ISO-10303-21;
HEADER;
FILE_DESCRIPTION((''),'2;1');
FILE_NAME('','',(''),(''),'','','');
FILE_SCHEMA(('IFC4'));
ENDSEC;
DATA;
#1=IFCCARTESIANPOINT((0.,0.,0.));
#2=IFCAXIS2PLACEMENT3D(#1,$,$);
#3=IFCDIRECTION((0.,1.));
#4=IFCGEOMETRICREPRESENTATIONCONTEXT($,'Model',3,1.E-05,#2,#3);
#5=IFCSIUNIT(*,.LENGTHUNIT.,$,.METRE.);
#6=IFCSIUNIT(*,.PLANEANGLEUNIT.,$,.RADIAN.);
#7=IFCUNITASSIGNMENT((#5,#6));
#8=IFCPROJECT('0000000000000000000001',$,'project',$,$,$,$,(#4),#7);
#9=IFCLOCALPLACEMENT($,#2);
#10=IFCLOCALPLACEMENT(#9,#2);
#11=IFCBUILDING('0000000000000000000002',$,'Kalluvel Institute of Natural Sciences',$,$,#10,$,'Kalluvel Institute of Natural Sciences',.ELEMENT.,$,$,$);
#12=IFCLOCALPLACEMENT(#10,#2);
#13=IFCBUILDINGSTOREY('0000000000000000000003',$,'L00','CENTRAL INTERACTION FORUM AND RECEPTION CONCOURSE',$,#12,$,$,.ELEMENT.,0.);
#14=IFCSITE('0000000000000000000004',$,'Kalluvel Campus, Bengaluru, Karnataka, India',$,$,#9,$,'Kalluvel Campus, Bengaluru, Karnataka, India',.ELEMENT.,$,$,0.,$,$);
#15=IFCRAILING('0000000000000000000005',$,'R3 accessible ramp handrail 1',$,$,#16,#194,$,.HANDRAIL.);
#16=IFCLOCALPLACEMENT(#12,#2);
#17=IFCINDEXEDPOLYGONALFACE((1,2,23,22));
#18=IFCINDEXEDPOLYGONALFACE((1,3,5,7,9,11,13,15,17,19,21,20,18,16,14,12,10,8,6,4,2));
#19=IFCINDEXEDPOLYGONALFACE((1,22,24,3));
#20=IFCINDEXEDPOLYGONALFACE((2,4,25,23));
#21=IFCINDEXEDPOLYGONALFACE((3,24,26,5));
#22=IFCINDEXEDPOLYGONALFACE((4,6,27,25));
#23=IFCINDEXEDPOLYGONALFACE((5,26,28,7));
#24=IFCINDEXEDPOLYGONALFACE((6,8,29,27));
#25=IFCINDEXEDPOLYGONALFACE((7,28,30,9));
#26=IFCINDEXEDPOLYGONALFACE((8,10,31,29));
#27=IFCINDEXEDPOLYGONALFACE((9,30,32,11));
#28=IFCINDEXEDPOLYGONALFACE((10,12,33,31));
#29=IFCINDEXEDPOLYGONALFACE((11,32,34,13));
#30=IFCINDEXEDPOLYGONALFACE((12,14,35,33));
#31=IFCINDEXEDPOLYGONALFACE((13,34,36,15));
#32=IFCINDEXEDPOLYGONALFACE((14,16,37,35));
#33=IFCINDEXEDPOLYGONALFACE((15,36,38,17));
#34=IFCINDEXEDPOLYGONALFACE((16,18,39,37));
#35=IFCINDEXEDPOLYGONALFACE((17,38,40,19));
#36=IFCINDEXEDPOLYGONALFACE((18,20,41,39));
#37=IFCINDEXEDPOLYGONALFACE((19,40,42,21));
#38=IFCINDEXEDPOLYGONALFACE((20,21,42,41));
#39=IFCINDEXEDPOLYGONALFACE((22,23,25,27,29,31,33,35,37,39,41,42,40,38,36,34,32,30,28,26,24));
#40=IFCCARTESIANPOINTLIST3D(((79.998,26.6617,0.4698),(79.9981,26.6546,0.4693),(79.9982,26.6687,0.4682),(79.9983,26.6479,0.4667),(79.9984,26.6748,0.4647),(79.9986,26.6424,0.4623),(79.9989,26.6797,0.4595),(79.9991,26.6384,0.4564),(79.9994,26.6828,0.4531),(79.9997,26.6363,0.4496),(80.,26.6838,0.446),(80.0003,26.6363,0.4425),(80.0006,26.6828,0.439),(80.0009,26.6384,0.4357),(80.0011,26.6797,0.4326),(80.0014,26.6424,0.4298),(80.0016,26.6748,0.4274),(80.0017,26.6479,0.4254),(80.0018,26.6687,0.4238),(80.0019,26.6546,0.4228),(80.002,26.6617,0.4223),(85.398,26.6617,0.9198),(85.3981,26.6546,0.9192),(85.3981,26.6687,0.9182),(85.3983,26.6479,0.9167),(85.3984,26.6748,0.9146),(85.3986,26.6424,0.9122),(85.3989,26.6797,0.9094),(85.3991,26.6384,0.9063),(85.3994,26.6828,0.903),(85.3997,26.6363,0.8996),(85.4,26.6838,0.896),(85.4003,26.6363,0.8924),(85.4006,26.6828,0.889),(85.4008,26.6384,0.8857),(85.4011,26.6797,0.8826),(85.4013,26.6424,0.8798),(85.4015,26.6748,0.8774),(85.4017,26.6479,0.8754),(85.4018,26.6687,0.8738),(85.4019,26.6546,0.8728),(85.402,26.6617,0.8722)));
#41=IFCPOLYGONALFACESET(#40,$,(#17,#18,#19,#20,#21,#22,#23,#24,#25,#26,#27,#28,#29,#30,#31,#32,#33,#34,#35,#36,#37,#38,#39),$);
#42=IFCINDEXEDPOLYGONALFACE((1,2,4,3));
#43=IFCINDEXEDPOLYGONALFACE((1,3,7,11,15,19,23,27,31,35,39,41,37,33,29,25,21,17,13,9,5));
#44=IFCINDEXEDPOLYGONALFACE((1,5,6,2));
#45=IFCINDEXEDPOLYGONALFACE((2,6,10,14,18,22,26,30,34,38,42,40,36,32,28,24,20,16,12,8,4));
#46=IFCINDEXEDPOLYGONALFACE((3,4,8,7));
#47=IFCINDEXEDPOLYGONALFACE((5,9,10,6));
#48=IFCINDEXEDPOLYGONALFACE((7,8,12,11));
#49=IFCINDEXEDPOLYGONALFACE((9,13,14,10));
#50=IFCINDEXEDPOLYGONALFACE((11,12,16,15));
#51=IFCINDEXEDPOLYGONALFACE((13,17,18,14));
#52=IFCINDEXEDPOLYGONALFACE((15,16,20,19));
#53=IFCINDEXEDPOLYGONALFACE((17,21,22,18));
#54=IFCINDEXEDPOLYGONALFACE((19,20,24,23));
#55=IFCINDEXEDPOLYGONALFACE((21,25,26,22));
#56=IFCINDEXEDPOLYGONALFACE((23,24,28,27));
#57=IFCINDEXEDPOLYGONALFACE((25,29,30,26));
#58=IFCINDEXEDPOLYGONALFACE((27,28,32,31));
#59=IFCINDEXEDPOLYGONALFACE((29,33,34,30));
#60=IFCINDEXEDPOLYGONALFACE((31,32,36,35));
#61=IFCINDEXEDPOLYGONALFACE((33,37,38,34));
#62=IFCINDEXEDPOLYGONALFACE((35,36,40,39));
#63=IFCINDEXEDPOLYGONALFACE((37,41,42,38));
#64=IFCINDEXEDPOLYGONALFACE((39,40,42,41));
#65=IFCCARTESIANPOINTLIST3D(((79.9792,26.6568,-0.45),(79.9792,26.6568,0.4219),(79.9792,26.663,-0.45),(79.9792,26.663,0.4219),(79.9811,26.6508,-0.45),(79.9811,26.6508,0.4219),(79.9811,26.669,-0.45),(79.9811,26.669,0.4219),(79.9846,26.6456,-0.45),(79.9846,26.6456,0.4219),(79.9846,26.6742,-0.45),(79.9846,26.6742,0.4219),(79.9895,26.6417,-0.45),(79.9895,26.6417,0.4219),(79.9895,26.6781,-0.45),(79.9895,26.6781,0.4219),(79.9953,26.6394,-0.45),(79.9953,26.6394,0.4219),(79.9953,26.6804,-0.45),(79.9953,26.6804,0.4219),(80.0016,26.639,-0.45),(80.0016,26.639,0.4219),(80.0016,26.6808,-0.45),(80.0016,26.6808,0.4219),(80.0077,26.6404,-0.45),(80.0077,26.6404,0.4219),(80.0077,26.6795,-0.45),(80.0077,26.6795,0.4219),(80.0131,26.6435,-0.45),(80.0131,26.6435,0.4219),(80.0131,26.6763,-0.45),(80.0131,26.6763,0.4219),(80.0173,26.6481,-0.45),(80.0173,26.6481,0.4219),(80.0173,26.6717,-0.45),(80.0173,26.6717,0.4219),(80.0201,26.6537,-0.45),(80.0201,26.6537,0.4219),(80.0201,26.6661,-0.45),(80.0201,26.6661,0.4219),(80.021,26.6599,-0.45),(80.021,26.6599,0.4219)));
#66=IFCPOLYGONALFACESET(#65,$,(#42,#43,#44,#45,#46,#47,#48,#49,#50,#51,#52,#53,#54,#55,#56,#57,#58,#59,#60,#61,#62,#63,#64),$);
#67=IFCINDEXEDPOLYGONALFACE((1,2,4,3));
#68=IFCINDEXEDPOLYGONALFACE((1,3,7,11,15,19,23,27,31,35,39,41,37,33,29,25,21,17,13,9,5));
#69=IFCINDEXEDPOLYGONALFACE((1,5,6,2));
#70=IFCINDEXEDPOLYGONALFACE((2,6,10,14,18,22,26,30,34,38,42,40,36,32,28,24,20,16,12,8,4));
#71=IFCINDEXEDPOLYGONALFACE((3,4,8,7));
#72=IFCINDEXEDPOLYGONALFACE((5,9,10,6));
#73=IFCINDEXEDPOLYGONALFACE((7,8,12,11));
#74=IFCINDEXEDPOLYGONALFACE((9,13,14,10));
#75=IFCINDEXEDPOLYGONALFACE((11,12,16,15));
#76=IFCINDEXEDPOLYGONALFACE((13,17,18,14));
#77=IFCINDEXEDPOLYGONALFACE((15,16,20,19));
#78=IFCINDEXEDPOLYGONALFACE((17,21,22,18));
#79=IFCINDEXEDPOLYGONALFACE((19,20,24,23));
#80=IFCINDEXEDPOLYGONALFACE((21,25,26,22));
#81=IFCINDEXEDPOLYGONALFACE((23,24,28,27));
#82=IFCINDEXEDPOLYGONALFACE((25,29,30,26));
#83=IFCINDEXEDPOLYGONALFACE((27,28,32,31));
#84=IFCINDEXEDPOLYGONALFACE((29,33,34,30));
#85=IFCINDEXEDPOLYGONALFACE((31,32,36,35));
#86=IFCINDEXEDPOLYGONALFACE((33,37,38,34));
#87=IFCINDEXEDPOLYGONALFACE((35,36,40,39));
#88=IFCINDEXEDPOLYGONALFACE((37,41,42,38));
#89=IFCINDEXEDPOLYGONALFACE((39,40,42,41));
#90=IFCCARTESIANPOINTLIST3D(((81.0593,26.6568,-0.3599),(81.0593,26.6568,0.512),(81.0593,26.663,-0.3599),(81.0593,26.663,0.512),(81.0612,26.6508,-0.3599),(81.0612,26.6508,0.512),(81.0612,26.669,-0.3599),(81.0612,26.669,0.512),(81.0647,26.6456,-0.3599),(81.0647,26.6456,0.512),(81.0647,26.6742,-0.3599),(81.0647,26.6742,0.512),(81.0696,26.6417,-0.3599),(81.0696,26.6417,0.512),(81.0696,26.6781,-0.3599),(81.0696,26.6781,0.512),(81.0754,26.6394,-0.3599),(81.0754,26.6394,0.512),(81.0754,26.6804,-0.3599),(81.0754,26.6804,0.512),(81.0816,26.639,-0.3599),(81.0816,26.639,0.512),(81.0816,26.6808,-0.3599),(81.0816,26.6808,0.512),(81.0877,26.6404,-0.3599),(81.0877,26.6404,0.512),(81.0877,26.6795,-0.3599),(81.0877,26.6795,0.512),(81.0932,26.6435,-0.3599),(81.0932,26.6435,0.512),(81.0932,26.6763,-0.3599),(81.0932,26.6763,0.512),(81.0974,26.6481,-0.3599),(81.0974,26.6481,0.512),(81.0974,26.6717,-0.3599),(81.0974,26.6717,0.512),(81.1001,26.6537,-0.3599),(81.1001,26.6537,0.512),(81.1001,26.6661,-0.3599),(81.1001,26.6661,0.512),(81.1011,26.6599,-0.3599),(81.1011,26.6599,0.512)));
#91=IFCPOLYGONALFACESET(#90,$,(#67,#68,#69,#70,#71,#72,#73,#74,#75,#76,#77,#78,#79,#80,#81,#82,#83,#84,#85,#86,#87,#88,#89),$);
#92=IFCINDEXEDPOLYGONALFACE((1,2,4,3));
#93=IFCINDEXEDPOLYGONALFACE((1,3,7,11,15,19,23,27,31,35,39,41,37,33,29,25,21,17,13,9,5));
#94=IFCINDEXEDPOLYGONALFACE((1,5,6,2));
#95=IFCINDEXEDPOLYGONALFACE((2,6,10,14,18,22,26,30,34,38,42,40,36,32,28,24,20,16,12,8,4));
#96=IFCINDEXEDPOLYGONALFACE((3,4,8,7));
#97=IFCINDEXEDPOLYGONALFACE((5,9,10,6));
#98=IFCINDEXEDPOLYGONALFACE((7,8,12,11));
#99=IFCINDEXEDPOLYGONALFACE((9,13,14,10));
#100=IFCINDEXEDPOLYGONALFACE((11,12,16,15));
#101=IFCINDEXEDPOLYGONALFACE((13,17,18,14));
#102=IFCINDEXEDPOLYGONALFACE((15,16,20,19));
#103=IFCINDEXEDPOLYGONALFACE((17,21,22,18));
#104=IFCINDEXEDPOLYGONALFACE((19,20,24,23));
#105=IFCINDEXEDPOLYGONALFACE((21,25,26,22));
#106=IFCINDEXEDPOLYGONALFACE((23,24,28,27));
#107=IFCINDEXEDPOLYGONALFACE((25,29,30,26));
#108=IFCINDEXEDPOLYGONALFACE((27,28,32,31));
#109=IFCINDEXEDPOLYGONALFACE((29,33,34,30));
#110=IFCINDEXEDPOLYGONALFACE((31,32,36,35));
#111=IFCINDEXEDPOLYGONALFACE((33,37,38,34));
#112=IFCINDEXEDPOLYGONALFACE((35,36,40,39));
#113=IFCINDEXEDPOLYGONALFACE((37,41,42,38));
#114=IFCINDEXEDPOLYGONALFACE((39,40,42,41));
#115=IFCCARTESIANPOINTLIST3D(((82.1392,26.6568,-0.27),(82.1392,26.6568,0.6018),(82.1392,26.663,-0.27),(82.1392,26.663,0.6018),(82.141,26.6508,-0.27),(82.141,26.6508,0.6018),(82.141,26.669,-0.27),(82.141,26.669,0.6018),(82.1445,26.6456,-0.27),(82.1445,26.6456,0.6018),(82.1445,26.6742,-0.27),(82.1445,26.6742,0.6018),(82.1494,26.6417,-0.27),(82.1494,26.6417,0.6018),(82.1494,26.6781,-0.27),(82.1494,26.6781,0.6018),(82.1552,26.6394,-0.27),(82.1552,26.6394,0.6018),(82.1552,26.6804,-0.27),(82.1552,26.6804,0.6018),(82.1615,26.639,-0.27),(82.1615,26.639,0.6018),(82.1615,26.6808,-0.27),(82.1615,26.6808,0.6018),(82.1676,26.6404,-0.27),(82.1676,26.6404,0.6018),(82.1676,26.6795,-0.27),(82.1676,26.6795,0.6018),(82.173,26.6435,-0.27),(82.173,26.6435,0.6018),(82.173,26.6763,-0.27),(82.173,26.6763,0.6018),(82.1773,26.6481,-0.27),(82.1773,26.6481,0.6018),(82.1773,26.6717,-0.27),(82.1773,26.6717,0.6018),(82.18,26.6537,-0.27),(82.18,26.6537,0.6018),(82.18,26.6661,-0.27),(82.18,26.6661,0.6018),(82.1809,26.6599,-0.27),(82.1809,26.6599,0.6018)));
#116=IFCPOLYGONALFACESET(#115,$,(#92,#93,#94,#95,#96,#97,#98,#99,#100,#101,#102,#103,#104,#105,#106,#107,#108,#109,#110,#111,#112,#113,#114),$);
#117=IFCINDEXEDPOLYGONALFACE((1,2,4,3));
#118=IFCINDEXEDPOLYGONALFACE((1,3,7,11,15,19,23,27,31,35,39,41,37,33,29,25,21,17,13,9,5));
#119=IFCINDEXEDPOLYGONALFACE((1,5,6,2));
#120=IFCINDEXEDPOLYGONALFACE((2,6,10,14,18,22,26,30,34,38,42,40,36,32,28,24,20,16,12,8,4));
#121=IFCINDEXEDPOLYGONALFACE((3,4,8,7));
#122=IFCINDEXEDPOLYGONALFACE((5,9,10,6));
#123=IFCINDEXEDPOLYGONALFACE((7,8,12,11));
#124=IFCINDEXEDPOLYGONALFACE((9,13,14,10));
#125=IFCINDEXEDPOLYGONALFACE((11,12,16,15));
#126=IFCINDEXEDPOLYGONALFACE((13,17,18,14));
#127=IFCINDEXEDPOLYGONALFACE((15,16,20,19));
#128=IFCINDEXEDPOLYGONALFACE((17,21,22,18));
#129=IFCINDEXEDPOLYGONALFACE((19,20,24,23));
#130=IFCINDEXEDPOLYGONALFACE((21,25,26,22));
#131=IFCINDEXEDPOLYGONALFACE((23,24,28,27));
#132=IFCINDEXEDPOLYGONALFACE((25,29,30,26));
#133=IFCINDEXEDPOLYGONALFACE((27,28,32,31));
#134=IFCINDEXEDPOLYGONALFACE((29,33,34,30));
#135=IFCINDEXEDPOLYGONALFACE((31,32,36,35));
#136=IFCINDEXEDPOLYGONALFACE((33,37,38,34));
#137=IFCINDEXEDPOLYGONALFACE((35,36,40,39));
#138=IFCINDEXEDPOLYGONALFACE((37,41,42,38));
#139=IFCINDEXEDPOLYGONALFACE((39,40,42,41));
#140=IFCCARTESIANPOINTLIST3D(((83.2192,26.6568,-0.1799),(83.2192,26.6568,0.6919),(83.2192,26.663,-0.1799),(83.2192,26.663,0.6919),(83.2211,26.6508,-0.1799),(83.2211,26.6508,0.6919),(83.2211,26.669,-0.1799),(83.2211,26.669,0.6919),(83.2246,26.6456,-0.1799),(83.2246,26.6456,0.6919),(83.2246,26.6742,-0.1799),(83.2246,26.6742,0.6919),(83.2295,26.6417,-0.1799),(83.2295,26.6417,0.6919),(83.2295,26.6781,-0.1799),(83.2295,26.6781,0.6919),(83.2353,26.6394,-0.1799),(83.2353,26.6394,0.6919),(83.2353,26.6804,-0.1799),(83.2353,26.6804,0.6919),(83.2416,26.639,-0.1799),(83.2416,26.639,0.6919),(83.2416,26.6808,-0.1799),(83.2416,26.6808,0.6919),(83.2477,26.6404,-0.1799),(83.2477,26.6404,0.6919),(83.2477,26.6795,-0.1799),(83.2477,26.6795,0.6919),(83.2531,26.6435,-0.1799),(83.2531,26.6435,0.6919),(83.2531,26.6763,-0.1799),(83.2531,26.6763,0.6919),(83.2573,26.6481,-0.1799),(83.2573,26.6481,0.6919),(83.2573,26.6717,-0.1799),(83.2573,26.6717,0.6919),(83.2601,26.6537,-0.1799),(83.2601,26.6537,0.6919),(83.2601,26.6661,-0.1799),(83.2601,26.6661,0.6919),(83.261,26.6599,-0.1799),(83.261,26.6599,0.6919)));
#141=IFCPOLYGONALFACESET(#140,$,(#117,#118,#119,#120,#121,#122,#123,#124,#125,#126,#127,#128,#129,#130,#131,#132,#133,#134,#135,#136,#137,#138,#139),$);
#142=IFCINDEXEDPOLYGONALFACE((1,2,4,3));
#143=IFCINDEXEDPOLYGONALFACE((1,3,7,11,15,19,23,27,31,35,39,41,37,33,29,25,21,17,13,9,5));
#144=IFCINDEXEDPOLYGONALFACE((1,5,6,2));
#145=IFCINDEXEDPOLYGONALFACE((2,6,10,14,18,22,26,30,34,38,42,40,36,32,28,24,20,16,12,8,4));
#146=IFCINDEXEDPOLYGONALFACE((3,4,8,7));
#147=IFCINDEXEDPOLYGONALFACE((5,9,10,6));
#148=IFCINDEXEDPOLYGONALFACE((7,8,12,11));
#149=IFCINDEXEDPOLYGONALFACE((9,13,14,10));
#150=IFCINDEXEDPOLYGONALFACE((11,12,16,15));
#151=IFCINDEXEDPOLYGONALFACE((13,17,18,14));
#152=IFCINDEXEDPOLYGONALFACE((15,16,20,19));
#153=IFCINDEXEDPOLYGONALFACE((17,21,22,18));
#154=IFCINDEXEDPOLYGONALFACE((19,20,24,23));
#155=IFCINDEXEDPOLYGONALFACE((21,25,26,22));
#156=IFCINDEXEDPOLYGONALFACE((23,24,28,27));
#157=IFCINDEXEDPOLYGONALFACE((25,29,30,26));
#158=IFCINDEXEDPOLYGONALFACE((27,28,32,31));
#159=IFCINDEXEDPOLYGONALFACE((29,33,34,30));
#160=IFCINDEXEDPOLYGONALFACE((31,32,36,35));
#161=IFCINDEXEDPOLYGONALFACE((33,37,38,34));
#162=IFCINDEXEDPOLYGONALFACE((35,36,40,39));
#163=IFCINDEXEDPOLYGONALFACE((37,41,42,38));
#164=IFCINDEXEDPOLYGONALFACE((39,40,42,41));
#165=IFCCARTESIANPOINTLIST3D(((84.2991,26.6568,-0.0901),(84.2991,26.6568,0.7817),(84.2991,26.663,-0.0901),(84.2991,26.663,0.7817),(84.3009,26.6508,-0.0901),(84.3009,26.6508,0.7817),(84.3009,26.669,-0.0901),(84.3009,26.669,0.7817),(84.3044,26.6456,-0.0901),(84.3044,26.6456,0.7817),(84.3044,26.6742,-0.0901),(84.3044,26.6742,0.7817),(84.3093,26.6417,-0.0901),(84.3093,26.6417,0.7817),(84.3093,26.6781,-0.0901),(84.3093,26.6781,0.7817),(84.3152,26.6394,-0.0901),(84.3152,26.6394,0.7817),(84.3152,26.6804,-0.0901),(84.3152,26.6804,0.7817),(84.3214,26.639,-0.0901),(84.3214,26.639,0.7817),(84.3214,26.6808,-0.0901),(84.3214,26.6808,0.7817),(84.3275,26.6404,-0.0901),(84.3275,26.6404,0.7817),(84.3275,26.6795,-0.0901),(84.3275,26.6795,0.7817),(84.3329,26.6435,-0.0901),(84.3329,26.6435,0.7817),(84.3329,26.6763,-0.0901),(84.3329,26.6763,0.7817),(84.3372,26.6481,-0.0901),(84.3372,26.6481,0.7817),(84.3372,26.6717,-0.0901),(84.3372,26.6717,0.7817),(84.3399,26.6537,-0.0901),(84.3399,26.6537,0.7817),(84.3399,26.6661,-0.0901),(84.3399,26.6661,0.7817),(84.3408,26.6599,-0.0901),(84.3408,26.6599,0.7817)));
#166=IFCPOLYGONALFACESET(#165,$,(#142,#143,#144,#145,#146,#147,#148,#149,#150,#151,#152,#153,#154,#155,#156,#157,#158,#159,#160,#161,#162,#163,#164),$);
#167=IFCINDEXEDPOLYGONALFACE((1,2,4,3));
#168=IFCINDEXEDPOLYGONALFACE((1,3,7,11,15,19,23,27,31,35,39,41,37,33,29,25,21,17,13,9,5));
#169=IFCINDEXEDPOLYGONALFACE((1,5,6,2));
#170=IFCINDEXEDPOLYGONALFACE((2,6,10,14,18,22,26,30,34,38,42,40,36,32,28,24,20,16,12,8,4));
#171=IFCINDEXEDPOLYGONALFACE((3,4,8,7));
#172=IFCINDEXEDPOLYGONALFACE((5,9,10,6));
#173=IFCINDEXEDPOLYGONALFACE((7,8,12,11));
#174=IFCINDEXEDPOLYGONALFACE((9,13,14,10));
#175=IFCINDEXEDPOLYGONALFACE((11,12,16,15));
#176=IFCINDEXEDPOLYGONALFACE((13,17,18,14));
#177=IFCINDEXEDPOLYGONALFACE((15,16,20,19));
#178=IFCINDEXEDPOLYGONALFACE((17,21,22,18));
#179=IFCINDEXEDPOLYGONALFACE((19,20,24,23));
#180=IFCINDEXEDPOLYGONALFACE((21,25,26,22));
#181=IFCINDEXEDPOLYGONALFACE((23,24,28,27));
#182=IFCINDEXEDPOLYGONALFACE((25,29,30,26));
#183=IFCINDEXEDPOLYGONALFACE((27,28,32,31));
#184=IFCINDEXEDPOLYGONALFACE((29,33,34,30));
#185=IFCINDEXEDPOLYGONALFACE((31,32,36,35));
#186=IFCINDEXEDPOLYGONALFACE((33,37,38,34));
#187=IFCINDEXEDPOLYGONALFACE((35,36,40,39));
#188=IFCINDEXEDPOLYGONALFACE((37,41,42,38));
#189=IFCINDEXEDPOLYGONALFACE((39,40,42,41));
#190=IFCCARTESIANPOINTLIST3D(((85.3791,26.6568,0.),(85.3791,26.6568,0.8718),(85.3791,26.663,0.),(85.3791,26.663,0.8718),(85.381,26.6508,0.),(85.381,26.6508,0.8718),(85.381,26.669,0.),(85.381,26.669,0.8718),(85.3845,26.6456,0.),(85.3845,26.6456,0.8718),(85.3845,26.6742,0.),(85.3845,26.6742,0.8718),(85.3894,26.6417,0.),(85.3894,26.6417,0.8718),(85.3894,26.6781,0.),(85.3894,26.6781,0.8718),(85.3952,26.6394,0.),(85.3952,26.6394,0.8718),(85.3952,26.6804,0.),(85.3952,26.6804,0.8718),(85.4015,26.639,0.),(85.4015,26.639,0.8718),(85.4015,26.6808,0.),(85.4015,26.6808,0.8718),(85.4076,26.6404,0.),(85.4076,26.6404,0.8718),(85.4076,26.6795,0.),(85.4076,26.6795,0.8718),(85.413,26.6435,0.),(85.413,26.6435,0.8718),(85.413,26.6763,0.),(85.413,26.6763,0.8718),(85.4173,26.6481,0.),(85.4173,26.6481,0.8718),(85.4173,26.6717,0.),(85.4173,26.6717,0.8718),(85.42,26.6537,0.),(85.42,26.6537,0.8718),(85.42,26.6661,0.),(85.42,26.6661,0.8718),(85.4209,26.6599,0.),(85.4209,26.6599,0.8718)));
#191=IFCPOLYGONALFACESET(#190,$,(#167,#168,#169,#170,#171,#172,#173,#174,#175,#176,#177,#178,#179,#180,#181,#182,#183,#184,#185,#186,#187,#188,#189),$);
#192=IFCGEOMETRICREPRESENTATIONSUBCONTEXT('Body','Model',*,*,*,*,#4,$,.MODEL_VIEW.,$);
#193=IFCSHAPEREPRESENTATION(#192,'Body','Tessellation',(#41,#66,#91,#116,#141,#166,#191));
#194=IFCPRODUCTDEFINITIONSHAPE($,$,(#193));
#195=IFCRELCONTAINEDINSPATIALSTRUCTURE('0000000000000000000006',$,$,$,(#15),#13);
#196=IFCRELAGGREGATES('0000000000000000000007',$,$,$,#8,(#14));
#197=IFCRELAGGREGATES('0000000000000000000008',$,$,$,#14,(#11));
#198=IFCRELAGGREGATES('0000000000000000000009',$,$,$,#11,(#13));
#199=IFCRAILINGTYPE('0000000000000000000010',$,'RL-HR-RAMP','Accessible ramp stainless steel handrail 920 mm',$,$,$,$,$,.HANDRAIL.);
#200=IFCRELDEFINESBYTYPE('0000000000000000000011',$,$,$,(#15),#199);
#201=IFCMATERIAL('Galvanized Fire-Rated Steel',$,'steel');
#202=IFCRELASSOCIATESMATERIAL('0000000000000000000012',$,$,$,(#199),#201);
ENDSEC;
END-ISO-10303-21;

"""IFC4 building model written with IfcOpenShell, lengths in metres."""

from ifc_helpers import new_model, si_unit, direction, frame, origin, origin_2d, place, context, subcontext, project, spatial, circle, extrude, material, type_object, element, save


model = new_model("IFC4")

# Units and contexts
model_context = context("Model", 3, precision=1e-05, world=origin(), true_north=direction((0.0, 1.0)))
body_context = subcontext(model_context, "Body", "Model", "MODEL_VIEW")
ifc_project = project(units=[si_unit("LENGTHUNIT", "METRE"), si_unit("PLANEANGLEUNIT", "RADIAN")], contexts=[model_context])

# Site, building, storey
site_placement = place(None, origin())
site = spatial("IfcSite", under=ifc_project, at=site_placement, Name="Kalluvel Campus, Bengaluru, Karnataka, India", LongName="Kalluvel Campus, Bengaluru, Karnataka, India", CompositionType="ELEMENT", RefElevation=0.0)
building_placement = place(site_placement, origin())
building = spatial("IfcBuilding", under=site, at=building_placement, Name="Kalluvel Institute of Natural Sciences", LongName="Kalluvel Institute of Natural Sciences", CompositionType="ELEMENT")
storey_placement = place(building_placement, origin())
storey = spatial("IfcBuildingStorey", under=building, at=storey_placement, Name="L00", Description="CENTRAL INTERACTION FORUM AND RECEPTION CONCOURSE", CompositionType="ELEMENT", Elevation=0.0)

# Railing
ifc_material_1 = material(Name="Galvanized Fire-Rated Steel", Category="steel")
railing_type = type_object("IfcRailingType", Name="RL-HR-RAMP", Description="Accessible ramp stainless steel handrail 920 mm", PredefinedType="HANDRAIL", material=ifc_material_1)
for number, where, name in (
    (1, (80.0, 26.6599, -0.45), "R3 accessible ramp handrail 1"),
):
    element("IfcRailing", number, at=place(storey_placement, frame(where)), inside=storey, type_object=railing_type, Name=name, PredefinedType="HANDRAIL", context=body_context, shape_type="SweptSolid", body=[
        extrude(circle(Radius=0.0239, at=origin_2d()), frame((0.0, 0.0, 0.896), z_axis=(0.996546, 0.0, 0.083038), x_axis=(0.0, 1.0, 0.0)), (0.0, 0.0, 1.0), 5.4187),
        extrude(circle(Radius=0.021, at=origin_2d()), origin(), (0.0, 0.0, 1.0), 0.8718),
        extrude(circle(Radius=0.021, at=origin_2d()), frame((1.0801, 0.0, 0.0901)), (0.0, 0.0, 1.0), 0.8718),
        extrude(circle(Radius=0.021, at=origin_2d()), frame((2.1599, 0.0, 0.1799)), (0.0, 0.0, 1.0), 0.8718),
        extrude(circle(Radius=0.021, at=origin_2d()), frame((3.24, 0.0, 0.27)), (0.0, 0.0, 1.0), 0.8718),
        extrude(circle(Radius=0.021, at=origin_2d()), frame((4.3198, 0.0, 0.3599)), (0.0, 0.0, 1.0), 0.8718),
        extrude(circle(Radius=0.021, at=origin_2d()), frame((5.3999, 0.0, 0.45)), (0.0, 0.0, 1.0), 0.8718),
    ])

save(model, "model.ifc")
